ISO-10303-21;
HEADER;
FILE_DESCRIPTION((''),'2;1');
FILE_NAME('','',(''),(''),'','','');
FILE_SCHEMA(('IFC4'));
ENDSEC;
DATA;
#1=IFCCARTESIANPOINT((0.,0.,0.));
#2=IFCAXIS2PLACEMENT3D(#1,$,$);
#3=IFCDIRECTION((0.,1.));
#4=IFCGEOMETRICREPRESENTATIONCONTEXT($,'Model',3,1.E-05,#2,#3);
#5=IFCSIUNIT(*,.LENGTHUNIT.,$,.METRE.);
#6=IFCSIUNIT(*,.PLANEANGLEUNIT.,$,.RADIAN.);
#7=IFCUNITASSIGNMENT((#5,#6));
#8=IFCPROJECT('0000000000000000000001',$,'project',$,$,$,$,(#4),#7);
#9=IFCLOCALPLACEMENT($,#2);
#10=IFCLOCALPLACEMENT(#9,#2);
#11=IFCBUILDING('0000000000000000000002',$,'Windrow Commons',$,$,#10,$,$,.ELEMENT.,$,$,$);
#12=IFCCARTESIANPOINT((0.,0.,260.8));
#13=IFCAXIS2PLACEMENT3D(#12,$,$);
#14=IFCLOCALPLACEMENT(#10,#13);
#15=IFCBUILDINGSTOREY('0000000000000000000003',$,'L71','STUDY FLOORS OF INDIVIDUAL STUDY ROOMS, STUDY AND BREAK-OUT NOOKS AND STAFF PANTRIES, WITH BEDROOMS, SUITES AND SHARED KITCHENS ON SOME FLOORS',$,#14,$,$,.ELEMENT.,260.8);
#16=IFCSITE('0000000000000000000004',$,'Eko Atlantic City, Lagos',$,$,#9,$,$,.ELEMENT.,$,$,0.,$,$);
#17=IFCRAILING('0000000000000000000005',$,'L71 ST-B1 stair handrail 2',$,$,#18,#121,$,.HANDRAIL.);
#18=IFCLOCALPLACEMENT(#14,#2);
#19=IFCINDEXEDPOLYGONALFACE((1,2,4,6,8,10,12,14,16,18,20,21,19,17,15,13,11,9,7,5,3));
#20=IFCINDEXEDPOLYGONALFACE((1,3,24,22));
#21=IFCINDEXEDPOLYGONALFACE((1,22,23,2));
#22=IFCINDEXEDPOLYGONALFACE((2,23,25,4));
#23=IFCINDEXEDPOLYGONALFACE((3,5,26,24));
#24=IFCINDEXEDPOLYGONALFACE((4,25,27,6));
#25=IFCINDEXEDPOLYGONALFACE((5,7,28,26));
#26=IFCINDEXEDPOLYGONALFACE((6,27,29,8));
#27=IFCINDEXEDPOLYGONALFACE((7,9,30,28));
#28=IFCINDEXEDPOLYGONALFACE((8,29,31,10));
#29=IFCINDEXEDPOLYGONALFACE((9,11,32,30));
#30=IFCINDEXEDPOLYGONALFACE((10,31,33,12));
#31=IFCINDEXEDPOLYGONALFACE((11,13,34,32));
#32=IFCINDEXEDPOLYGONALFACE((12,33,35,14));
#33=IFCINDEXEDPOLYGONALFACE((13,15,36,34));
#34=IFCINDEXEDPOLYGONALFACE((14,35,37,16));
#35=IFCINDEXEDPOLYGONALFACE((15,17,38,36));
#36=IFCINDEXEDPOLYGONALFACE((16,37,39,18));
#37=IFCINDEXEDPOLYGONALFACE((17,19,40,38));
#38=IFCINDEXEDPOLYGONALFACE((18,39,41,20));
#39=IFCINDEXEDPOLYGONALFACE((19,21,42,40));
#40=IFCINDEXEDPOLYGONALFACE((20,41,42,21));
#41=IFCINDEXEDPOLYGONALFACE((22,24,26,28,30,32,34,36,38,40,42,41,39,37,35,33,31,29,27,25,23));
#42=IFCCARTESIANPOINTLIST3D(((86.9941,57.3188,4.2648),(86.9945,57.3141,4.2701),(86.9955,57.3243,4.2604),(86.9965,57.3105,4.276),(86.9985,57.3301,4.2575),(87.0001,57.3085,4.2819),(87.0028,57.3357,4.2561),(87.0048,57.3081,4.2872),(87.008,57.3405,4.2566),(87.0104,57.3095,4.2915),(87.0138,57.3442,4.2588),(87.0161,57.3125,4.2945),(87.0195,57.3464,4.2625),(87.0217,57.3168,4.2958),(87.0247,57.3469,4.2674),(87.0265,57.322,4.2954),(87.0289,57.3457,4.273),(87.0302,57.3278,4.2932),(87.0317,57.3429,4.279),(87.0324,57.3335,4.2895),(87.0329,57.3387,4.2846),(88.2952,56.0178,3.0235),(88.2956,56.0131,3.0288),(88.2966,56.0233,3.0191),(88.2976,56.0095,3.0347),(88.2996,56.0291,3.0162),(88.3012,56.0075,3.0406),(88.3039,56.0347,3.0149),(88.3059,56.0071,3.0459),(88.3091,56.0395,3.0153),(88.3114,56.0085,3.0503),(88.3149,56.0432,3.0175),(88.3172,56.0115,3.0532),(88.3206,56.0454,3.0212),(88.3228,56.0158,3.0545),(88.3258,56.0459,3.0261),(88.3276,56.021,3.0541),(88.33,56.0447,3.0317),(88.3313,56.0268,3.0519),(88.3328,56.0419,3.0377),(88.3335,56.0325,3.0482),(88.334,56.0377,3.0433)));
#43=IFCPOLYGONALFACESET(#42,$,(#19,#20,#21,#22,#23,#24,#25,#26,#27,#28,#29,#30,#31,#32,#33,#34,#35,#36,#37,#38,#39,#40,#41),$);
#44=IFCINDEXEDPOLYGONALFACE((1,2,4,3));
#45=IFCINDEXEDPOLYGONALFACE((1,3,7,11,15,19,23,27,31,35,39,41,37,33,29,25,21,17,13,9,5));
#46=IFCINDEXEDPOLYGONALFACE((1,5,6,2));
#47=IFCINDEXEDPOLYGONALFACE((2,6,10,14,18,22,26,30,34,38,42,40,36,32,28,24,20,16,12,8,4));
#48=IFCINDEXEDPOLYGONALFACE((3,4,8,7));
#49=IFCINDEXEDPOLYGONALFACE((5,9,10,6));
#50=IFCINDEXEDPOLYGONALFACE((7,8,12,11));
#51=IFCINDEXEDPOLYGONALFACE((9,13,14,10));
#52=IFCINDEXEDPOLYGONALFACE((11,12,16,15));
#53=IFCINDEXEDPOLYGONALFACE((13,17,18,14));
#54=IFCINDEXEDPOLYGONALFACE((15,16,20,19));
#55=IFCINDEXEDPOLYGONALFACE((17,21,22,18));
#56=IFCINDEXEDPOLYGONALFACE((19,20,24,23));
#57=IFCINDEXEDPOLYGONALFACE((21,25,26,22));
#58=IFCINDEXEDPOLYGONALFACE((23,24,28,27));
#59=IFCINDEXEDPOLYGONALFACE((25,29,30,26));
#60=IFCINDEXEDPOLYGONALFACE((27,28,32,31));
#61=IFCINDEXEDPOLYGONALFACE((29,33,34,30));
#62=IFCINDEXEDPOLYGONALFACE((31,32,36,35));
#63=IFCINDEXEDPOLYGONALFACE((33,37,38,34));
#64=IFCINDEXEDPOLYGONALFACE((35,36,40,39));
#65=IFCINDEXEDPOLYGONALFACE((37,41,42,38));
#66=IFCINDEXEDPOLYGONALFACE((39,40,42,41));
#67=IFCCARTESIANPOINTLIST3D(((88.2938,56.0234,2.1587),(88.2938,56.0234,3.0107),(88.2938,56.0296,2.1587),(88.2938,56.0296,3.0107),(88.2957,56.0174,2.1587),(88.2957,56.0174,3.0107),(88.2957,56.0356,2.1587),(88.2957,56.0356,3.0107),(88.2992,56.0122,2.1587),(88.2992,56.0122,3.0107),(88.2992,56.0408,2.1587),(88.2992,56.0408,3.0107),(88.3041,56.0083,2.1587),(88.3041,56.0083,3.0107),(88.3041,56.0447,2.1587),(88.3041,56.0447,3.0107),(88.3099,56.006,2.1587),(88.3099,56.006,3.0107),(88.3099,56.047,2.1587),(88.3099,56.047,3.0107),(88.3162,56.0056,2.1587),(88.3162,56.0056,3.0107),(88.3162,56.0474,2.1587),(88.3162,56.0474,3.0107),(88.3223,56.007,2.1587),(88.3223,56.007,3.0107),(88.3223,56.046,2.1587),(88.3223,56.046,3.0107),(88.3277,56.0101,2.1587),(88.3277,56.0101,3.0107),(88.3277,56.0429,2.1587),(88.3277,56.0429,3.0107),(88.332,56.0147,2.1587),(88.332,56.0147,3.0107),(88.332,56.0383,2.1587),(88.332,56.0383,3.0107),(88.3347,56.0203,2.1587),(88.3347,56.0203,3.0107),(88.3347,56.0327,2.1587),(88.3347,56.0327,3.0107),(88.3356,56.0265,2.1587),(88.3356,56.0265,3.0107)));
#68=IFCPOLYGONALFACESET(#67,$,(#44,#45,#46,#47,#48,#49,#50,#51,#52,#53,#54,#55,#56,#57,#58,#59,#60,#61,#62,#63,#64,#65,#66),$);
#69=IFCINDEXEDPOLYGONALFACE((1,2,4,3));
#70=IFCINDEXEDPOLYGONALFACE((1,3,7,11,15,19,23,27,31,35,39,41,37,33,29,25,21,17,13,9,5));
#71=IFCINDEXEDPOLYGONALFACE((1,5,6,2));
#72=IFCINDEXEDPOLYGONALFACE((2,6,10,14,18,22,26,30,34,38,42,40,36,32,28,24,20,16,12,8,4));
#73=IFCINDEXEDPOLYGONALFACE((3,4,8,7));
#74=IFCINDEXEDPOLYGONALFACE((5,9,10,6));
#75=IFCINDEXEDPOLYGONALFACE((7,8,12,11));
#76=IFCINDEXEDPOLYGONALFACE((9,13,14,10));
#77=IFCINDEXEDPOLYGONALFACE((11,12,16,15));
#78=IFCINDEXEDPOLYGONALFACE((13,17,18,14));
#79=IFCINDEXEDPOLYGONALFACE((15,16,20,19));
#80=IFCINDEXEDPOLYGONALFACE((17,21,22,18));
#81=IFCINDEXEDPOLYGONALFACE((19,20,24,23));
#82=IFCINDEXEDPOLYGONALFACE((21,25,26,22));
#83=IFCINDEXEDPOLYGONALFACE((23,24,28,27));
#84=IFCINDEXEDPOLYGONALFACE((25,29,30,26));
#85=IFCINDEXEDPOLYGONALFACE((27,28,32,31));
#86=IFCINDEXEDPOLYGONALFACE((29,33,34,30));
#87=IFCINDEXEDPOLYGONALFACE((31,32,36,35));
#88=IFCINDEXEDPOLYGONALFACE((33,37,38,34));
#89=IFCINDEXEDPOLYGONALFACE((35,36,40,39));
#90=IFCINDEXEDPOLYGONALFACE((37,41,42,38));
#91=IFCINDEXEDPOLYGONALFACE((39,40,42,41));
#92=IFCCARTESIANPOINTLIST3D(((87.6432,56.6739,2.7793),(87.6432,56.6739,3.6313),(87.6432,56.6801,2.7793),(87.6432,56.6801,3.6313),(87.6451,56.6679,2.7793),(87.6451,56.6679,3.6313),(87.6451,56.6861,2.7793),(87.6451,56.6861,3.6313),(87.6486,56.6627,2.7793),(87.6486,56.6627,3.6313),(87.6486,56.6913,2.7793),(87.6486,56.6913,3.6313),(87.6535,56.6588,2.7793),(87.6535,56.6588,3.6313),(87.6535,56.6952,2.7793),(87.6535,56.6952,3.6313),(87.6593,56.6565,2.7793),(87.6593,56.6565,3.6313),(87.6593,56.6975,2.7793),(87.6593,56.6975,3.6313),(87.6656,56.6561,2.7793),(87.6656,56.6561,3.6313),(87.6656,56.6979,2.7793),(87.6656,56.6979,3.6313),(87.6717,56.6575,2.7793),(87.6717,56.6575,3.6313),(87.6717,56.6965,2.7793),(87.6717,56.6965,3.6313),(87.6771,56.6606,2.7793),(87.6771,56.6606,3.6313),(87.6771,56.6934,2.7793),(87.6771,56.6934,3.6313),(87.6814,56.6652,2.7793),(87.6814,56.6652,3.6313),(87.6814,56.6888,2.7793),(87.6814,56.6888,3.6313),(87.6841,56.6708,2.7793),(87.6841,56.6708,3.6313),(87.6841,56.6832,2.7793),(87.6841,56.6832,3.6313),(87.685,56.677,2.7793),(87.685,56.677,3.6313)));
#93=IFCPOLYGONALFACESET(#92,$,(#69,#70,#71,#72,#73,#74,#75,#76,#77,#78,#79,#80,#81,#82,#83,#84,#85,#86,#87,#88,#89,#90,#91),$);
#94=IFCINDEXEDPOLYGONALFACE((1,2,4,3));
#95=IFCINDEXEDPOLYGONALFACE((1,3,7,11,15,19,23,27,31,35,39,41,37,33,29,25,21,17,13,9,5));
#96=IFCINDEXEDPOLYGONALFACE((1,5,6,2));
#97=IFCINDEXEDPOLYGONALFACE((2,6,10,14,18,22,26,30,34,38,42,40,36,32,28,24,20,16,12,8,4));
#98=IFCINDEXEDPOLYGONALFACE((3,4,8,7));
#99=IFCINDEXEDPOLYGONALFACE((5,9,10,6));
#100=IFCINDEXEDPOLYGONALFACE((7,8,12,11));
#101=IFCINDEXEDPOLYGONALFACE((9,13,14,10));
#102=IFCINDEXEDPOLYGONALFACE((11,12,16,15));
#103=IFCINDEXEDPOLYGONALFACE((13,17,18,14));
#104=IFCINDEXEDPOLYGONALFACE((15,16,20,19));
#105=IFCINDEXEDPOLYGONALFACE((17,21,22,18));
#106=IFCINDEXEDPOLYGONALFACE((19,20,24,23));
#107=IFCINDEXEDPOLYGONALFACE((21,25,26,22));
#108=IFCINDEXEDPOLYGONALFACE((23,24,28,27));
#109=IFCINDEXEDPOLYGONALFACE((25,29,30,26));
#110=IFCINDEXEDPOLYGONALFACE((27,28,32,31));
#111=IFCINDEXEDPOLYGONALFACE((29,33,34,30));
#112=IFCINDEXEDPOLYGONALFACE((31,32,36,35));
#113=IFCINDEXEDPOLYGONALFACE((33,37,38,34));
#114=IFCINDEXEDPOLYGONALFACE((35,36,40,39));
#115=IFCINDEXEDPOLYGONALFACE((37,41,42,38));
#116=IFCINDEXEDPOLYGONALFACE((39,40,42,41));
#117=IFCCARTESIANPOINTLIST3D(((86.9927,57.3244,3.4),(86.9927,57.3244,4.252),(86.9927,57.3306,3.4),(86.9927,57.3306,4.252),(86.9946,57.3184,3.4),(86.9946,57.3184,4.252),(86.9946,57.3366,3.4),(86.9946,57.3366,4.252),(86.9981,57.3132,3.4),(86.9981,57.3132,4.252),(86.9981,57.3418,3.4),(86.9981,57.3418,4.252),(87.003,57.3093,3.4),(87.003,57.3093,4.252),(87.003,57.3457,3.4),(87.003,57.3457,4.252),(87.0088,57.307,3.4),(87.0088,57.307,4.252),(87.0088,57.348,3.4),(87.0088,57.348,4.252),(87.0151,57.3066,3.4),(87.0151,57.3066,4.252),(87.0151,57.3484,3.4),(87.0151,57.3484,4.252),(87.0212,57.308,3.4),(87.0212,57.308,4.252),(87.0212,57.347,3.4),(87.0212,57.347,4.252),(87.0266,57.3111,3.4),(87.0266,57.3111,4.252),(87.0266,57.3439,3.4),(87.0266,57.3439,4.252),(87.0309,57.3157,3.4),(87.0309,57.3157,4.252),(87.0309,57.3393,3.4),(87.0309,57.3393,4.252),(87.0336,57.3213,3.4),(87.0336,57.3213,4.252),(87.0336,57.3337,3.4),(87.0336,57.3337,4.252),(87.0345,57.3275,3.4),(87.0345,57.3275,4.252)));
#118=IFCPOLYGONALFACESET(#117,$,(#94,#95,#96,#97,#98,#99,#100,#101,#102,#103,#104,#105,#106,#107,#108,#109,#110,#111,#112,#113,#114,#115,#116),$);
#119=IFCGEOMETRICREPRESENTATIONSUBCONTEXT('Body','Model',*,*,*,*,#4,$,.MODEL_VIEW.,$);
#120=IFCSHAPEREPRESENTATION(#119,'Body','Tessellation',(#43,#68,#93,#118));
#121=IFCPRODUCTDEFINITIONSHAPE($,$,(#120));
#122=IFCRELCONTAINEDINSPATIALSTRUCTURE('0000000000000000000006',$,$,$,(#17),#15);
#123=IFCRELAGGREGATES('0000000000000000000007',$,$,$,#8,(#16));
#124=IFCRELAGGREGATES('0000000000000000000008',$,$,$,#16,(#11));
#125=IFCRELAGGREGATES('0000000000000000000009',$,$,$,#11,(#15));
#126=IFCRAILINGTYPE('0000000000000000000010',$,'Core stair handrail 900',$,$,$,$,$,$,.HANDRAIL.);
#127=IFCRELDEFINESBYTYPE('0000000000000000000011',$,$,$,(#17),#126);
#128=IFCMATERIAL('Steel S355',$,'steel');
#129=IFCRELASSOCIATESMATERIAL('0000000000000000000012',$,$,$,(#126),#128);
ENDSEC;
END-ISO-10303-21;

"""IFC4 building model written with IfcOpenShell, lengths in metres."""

from ifc_helpers import new_model, si_unit, direction, frame, origin, origin_2d, place, context, subcontext, project, spatial, circle, extrude, material, type_object, element, save


model = new_model("IFC4")

# Units and contexts
model_context = context("Model", 3, precision=1e-05, world=origin(), true_north=direction((0.0, 1.0)))
body_context = subcontext(model_context, "Body", "Model", "MODEL_VIEW")
ifc_project = project(units=[si_unit("LENGTHUNIT", "METRE"), si_unit("PLANEANGLEUNIT", "RADIAN")], contexts=[model_context])

# Site, building, storey
site_placement = place(None, origin())
site = spatial("IfcSite", under=ifc_project, at=site_placement, Name="Eko Atlantic City, Lagos", CompositionType="ELEMENT", RefElevation=0.0)
building_placement = place(site_placement, origin())
building = spatial("IfcBuilding", under=site, at=building_placement, Name="Windrow Commons", CompositionType="ELEMENT")
storey_placement = place(building_placement, frame((0.0, 0.0, 260.8)))
storey = spatial("IfcBuildingStorey", under=building, at=storey_placement, Name="L71", Description="STUDY FLOORS OF INDIVIDUAL STUDY ROOMS, STUDY AND BREAK-OUT NOOKS AND STAFF PANTRIES, WITH BEDROOMS, SUITES AND SHARED KITCHENS ON SOME FLOORS", CompositionType="ELEMENT", Elevation=260.8)

# Railing
ifc_material_1 = material(Name="Steel S355", Category="steel")
railing_type_1 = type_object("IfcRailingType", Name="Core stair handrail 900", PredefinedType="HANDRAIL", material=ifc_material_1)
railing_1_placement = place(storey_placement, frame((88.3146, 56.0265, 2.1587)))
element("IfcRailing", 1, at=railing_1_placement, inside=storey, type_object=railing_type_1, Name="L71 ST-B1 stair handrail 2", PredefinedType="HANDRAIL", context=body_context, shape_type="SweptSolid", body=[
    extrude(circle(Radius=0.024, at=origin_2d()), frame((0.0, 0.0, 0.876), z_axis=(-0.586207, 0.586162, 0.559264), x_axis=(-0.70708, -0.707134, 0.0)), (0.0, 0.0, 1.0), 2.2195),
    extrude(circle(Radius=0.021, at=origin_2d()), origin(), (0.0, 0.0, 1.0), 0.852),
    extrude(circle(Radius=0.021, at=origin_2d()), frame((-0.6506, 0.6505, 0.6206)), (0.0, 0.0, 1.0), 0.852),
    extrude(circle(Radius=0.021, at=origin_2d()), frame((-1.3011, 1.301, 1.2413)), (0.0, 0.0, 1.0), 0.852),
])

save(model, "model.ifc")
